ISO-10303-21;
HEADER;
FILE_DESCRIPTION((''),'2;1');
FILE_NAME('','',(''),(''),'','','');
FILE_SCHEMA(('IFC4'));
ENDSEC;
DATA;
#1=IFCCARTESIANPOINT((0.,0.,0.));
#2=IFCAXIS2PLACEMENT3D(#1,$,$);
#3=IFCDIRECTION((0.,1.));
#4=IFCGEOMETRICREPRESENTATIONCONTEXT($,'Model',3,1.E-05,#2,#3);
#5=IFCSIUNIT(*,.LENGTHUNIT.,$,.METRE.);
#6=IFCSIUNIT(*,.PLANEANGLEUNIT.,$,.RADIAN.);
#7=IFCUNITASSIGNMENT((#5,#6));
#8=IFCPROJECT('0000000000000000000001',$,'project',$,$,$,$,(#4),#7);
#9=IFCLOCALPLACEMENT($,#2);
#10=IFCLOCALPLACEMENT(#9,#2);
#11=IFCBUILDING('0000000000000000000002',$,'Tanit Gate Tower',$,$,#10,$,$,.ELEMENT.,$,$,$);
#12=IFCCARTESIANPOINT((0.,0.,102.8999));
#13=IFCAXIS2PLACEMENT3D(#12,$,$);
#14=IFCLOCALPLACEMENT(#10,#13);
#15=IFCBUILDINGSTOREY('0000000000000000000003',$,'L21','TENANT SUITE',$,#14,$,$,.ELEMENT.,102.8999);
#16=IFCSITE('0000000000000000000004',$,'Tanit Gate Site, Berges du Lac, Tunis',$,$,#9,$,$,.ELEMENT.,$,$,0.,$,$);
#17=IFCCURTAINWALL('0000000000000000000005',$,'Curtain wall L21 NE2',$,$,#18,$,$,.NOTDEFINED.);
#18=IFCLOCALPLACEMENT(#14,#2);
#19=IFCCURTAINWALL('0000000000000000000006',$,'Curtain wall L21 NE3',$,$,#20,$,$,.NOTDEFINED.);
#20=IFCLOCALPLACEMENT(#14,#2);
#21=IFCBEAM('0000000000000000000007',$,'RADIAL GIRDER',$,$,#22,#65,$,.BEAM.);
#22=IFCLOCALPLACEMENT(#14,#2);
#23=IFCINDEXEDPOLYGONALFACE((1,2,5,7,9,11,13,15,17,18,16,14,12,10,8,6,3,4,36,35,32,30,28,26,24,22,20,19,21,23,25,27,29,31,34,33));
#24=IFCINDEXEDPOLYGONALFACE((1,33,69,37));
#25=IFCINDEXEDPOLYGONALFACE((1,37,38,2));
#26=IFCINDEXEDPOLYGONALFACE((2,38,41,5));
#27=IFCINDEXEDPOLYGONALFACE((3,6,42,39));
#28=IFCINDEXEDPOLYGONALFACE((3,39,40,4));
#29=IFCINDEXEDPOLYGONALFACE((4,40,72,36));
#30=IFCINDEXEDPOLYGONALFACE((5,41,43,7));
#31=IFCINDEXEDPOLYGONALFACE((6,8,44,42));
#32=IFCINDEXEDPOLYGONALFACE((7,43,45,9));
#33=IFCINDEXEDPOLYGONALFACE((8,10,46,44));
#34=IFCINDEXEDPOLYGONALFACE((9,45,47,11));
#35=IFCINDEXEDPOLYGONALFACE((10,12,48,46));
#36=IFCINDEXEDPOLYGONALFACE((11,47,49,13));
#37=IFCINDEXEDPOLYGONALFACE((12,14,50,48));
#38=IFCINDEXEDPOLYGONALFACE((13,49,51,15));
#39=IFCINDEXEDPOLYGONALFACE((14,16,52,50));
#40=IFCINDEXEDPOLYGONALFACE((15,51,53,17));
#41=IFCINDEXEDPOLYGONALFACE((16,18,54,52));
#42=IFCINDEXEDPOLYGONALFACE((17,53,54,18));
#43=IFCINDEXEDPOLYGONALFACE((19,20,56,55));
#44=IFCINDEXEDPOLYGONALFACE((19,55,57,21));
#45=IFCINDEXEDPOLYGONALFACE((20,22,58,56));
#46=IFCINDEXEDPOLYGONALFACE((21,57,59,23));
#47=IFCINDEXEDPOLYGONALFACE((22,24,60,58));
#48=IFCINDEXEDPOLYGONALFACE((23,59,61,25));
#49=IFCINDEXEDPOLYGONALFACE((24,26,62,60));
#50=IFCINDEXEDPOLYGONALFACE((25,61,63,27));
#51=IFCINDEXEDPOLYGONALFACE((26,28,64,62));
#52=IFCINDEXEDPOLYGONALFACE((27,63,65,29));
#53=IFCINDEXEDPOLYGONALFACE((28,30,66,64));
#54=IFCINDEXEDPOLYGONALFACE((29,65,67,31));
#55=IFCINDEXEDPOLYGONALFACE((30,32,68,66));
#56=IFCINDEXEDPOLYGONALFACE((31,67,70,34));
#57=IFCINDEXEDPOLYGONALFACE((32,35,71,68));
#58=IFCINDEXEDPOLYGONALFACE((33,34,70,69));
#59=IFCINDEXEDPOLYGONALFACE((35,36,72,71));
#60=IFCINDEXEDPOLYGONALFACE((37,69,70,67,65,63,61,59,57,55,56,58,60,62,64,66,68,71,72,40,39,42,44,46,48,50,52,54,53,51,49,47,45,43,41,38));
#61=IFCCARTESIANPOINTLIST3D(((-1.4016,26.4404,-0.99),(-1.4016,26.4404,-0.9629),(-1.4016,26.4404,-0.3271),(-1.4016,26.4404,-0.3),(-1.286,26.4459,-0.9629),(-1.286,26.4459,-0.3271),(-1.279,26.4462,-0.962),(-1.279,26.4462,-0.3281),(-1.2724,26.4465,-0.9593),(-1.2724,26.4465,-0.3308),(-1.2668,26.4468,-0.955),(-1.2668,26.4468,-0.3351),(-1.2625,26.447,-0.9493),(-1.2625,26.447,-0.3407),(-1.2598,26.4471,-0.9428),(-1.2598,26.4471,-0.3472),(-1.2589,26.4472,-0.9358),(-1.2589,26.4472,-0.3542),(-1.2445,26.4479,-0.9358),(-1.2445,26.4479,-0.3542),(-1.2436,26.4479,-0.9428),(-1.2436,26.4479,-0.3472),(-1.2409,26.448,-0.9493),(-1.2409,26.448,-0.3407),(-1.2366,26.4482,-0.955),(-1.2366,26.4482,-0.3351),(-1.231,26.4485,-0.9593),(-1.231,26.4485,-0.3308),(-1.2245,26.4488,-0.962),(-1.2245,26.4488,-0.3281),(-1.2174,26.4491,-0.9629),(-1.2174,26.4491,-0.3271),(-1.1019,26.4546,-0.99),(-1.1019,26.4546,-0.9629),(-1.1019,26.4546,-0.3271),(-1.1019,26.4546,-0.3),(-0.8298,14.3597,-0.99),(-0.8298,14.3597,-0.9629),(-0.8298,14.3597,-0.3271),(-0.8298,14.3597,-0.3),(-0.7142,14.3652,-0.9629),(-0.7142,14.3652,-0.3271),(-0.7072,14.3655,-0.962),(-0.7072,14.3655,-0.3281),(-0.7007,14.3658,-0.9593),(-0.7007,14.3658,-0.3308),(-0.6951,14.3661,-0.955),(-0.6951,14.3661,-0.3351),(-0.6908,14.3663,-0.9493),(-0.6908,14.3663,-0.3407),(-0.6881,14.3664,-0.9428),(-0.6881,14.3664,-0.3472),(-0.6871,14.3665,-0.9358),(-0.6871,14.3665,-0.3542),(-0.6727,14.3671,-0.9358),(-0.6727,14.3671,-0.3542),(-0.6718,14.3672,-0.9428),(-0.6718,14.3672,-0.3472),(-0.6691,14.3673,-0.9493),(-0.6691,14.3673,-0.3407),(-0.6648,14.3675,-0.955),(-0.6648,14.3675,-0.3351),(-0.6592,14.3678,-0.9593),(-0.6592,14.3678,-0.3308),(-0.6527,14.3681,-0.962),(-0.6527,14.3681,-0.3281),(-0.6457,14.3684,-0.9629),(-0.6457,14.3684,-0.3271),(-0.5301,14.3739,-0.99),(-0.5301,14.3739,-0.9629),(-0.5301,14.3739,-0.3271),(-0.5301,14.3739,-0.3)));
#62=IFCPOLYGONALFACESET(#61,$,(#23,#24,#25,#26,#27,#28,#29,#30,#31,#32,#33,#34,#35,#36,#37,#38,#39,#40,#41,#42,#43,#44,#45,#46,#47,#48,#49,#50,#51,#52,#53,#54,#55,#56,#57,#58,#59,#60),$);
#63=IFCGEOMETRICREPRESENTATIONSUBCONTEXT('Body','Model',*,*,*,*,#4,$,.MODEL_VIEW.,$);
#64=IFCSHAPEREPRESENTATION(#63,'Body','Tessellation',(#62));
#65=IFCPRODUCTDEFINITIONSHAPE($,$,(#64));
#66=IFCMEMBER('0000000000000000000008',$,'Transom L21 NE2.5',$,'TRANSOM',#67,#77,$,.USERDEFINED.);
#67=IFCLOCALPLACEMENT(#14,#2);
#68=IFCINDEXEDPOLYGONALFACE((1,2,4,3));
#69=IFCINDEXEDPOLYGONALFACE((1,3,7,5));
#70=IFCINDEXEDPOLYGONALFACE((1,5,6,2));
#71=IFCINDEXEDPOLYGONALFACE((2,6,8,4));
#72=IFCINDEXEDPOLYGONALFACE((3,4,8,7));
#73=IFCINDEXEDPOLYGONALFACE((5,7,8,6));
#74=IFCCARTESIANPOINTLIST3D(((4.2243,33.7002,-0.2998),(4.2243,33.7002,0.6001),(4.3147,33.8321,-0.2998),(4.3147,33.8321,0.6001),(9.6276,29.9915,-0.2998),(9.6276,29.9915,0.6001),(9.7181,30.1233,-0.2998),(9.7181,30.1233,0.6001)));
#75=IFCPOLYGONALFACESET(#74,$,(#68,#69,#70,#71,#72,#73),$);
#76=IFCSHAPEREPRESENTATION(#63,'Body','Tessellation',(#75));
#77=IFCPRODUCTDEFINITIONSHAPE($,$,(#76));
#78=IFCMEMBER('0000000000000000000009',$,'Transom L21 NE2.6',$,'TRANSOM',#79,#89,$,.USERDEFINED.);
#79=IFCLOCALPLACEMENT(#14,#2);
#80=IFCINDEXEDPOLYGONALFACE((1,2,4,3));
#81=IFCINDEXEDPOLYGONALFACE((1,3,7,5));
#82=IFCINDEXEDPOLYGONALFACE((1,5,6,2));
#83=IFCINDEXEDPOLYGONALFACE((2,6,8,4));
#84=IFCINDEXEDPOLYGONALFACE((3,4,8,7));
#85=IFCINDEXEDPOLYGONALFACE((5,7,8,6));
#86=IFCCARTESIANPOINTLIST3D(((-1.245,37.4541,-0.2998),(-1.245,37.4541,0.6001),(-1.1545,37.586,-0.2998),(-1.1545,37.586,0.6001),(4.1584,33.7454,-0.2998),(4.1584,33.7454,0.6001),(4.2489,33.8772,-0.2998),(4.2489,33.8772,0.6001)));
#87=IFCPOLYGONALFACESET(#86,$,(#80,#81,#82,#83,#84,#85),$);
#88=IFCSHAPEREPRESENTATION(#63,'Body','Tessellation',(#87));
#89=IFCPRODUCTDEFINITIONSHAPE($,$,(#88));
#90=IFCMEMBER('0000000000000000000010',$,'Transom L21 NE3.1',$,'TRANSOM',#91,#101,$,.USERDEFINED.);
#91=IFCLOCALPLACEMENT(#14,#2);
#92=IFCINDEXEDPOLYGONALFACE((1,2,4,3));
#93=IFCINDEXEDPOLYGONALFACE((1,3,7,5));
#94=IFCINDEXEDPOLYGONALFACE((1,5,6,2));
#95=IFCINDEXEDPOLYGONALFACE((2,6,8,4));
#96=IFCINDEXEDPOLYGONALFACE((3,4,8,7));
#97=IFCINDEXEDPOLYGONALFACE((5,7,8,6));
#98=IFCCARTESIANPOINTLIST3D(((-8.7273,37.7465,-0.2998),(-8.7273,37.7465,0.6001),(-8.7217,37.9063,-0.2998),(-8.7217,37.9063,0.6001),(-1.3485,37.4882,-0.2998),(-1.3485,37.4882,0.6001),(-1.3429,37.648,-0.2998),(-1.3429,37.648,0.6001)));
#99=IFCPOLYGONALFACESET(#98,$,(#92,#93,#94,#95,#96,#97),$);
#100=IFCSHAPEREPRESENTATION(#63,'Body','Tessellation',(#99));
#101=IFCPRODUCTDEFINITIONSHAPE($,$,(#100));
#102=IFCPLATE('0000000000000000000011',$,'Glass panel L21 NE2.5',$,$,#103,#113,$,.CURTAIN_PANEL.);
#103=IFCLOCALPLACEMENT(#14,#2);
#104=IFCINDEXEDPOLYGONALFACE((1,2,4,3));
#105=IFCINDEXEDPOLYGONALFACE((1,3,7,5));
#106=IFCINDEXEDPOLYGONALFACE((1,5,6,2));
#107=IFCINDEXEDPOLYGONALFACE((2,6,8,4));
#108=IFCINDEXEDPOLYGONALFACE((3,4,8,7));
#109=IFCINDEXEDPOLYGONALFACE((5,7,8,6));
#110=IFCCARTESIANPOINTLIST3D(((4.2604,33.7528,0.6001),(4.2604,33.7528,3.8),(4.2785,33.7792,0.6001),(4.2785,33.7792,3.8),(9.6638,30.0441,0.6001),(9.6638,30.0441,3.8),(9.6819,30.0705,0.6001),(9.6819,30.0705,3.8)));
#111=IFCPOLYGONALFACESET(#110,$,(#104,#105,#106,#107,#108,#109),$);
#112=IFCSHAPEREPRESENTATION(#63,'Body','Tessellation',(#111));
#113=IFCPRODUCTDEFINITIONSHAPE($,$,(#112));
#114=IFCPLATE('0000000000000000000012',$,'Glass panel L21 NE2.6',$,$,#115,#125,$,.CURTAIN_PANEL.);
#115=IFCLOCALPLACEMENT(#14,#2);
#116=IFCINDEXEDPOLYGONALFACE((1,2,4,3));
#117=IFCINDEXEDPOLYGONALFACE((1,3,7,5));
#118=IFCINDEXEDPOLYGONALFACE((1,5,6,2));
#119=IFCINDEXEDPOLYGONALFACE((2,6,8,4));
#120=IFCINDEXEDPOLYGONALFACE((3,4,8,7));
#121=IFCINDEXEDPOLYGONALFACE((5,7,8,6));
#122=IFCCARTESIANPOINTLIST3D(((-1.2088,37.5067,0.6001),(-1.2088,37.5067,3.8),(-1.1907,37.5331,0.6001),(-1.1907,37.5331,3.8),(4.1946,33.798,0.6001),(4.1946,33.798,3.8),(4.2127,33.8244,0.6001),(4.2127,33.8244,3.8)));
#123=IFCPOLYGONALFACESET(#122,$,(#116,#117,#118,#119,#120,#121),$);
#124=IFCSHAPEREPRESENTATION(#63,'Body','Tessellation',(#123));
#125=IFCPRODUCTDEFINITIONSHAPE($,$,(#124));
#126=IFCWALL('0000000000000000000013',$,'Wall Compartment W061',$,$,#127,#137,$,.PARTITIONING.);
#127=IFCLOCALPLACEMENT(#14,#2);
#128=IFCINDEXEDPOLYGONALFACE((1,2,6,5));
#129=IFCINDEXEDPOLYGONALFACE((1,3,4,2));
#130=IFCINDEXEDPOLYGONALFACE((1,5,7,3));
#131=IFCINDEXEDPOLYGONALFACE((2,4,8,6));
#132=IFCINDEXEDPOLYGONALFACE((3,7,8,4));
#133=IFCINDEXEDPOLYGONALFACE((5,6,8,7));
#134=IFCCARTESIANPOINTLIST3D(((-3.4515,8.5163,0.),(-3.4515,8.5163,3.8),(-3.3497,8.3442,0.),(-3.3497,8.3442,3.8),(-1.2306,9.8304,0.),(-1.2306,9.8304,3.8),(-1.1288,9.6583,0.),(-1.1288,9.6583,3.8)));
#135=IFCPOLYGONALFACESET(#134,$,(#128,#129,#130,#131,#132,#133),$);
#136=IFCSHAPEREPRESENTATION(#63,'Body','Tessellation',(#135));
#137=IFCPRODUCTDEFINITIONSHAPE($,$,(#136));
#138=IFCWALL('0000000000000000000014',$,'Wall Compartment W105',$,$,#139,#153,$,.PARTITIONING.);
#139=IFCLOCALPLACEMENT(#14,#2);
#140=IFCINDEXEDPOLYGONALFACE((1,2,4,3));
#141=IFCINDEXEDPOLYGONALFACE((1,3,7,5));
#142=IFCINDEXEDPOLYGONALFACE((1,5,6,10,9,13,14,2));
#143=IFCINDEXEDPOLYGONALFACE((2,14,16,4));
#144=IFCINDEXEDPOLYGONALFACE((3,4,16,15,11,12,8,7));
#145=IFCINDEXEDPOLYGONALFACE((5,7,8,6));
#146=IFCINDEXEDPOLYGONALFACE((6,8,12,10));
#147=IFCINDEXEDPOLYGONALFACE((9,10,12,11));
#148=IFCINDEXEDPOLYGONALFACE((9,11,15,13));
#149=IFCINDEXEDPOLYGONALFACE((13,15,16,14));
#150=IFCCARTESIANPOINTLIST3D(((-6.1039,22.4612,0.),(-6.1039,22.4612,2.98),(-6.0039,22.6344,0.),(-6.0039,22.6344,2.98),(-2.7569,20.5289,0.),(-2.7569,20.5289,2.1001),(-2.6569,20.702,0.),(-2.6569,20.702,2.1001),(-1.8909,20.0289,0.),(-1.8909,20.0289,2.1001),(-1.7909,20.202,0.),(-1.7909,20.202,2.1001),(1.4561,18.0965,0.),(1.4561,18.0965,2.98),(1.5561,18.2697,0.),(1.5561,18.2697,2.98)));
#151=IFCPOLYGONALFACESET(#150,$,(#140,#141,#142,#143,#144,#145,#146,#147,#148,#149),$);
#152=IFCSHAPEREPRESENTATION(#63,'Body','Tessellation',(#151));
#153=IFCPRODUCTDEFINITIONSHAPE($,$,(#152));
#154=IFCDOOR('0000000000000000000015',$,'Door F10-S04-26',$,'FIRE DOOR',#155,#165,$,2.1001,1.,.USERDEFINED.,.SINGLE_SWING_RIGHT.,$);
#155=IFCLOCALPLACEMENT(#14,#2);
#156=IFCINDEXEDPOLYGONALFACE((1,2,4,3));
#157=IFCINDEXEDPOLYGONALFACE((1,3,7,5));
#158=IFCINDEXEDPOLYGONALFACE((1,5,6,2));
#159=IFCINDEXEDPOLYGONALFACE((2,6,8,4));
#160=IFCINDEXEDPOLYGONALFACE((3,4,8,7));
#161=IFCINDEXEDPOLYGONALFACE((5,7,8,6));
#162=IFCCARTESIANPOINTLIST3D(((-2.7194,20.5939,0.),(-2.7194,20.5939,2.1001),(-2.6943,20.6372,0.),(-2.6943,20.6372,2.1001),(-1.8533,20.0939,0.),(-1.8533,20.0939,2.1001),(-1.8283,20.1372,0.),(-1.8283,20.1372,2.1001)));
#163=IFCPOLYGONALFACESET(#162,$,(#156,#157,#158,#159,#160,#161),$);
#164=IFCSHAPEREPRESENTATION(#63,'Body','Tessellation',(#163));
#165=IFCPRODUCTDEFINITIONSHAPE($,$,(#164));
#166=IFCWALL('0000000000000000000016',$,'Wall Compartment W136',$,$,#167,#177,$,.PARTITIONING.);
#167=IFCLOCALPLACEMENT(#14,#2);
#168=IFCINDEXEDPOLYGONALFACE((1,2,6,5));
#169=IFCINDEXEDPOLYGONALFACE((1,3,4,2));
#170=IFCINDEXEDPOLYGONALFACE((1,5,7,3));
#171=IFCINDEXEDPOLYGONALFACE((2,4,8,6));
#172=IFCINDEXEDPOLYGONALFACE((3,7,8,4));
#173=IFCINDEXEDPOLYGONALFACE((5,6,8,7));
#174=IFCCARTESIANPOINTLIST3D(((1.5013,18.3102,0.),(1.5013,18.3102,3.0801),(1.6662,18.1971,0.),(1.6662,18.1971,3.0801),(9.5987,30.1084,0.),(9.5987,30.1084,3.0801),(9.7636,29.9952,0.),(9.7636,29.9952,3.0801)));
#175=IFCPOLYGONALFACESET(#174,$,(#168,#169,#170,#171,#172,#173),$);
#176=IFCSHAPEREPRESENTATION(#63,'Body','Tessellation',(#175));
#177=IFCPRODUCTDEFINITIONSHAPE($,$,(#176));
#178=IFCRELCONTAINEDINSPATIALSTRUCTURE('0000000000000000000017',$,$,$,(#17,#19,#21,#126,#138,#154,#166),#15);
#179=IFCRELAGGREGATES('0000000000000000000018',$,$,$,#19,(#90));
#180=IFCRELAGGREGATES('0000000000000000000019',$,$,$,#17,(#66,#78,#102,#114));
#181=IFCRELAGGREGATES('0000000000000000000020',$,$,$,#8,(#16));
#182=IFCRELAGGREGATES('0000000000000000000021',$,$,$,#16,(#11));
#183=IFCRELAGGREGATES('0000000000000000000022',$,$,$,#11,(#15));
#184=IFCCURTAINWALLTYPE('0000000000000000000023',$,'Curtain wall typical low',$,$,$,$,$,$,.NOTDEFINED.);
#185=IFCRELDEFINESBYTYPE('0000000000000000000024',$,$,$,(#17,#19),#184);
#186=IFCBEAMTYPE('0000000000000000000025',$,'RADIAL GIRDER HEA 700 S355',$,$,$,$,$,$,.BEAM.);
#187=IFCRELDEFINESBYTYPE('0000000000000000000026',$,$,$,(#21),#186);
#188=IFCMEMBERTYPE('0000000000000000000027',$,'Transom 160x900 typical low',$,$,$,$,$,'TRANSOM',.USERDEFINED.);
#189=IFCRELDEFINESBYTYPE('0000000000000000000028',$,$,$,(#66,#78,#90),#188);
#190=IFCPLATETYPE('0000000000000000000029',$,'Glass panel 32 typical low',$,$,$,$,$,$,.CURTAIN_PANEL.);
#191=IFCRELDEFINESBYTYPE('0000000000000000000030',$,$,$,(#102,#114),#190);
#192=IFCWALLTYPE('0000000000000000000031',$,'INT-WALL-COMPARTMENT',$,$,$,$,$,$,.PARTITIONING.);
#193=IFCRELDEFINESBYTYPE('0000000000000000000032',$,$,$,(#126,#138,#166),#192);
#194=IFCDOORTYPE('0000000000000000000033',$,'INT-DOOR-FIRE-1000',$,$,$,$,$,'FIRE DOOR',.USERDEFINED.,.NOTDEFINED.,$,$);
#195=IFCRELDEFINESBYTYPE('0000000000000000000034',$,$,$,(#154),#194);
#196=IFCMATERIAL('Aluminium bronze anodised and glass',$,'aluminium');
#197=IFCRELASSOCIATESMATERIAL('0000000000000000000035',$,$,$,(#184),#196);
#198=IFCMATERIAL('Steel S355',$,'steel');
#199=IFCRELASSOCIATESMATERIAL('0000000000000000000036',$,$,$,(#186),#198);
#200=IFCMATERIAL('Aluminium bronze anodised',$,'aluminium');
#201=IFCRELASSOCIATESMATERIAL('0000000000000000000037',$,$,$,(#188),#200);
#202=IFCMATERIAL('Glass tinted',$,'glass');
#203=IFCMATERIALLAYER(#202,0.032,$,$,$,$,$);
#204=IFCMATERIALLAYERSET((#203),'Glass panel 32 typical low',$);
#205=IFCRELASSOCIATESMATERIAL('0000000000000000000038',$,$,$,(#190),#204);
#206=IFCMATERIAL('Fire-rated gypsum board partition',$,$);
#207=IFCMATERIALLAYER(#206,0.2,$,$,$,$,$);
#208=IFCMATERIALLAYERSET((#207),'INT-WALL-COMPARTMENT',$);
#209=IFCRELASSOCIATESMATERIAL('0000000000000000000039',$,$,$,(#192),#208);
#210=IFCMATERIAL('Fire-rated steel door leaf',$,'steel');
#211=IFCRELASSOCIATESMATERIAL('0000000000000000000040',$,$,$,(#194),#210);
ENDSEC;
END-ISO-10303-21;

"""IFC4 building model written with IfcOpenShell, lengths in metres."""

from ifc_helpers import new_model, si_unit, direction, frame, frame_2d, origin, origin_2d, place, context, subcontext, project, spatial, rectangle, i_section, extrude, material, layer, layer_set, material_profile, profile_set, type_object, element, fill, aggregate, save


model = new_model("IFC4")

# Units and contexts
model_context = context("Model", 3, precision=1e-05, world=origin(), true_north=direction((0.0, 1.0)))
body_context = subcontext(model_context, "Body", "Model", "MODEL_VIEW")
ifc_project = project(units=[si_unit("LENGTHUNIT", "METRE"), si_unit("PLANEANGLEUNIT", "RADIAN")], contexts=[model_context])

# Site, building, storey
site_placement = place(None, origin())
site = spatial("IfcSite", under=ifc_project, at=site_placement, Name="Tanit Gate Site, Berges du Lac, Tunis", CompositionType="ELEMENT", RefElevation=0.0)
building_placement = place(site_placement, origin())
building = spatial("IfcBuilding", under=site, at=building_placement, Name="Tanit Gate Tower", CompositionType="ELEMENT")
storey_placement = place(building_placement, frame((0.0, 0.0, 102.8999)))
storey = spatial("IfcBuildingStorey", under=building, at=storey_placement, Name="L21", Description="TENANT SUITE", CompositionType="ELEMENT", Elevation=102.8999)

# Curtain wall
ifc_material_1 = material(Name="Aluminium bronze anodised and glass", Category="aluminium")
curtain_wall_type = type_object("IfcCurtainWallType", Name="Curtain wall typical low", PredefinedType="NOTDEFINED", material=ifc_material_1)
curtain_wall_1_placement = place(storey_placement, origin())
curtain_wall_1 = element("IfcCurtainWall", 1, at=curtain_wall_1_placement, inside=storey, type_object=curtain_wall_type, Name="Curtain wall L21 NE2", PredefinedType="NOTDEFINED")

# Curtain wall
curtain_wall_2_placement = place(storey_placement, origin())
curtain_wall_2 = element("IfcCurtainWall", 2, at=curtain_wall_2_placement, inside=storey, type_object=curtain_wall_type, Name="Curtain wall L21 NE3", PredefinedType="NOTDEFINED")

# Beam
ifc_material_2 = material(Name="Steel S355", Category="steel")
ifc_material_profile_1 = material_profile(ifc_material_2, i_section(OverallWidth=0.3, OverallDepth=0.6899, WebThickness=0.0144, FlangeThickness=0.0271, FilletRadius=0.0271, at=origin_2d()), Name="HEA 700")
ifc_profile_set_1 = profile_set([ifc_material_profile_1], Name="Steel S355")
beam_type = type_object("IfcBeamType", Name="RADIAL GIRDER HEA 700 S355", PredefinedType="BEAM", material=ifc_profile_set_1)
beam_1_placement = place(storey_placement, frame((-1.2517, 26.4475, -0.645), z_axis=(0.047276, -0.998882, 0.0), x_axis=(0.998882, 0.047276, 0.0)))
element("IfcBeam", 3, at=beam_1_placement, inside=storey, type_object=beam_type, Name="RADIAL GIRDER", PredefinedType="BEAM", context=body_context, shape_type="SweptSolid", body=[
    extrude(i_section(OverallWidth=0.3, OverallDepth=0.6899, WebThickness=0.0144, FlangeThickness=0.0271, FilletRadius=0.0271, at=origin_2d()), origin(), (0.0, 0.0, 1.0), 12.0942),
])

# Members
ifc_material_3 = material(Name="Aluminium bronze anodised", Category="aluminium")
ifc_material_profile_2 = material_profile(ifc_material_3, rectangle(XDim=0.1599, YDim=0.8999, at=origin_2d()), Name="160x900 bronze transom")
ifc_profile_set_2 = profile_set([ifc_material_profile_2], Name="Aluminium bronze anodised")
member_type_1 = type_object("IfcMemberType", Name="Transom 160x900 typical low", ElementType="TRANSOM", PredefinedType="USERDEFINED", material=ifc_profile_set_2)
member_1_placement = place(storey_placement, frame((9.6729, 30.0574, 0.1501), z_axis=(-0.824472, 0.565903, 0.0), x_axis=(-0.565903, -0.824472, 0.0)))
member_1 = element("IfcMember", 4, at=member_1_placement, type_object=member_type_1, Name="Transom L21 NE2.5", ObjectType="TRANSOM", PredefinedType="USERDEFINED", context=body_context, shape_type="SweptSolid", body=[
    extrude(rectangle(XDim=0.1599, YDim=0.8999, at=origin_2d()), origin(), (0.0, 0.0, 1.0), 6.5537),
])
member_2_placement = place(storey_placement, frame((4.2036, 33.8113, 0.1501), z_axis=(-0.824472, 0.565903, 0.0), x_axis=(-0.565903, -0.824472, 0.0)))
member_2 = element("IfcMember", 5, at=member_2_placement, type_object=member_type_1, Name="Transom L21 NE2.6", ObjectType="TRANSOM", PredefinedType="USERDEFINED", context=body_context, shape_type="SweptSolid", body=[
    extrude(rectangle(XDim=0.1599, YDim=0.8999, at=origin_2d()), origin(), (0.0, 0.0, 1.0), 6.5537),
])
member_3_placement = place(storey_placement, frame((-1.3457, 37.5681, 0.1501), z_axis=(-0.999388, 0.034985, 0.0), x_axis=(-0.034985, -0.999388, 0.0)))
member_3 = element("IfcMember", 6, at=member_3_placement, type_object=member_type_1, Name="Transom L21 NE3.1", ObjectType="TRANSOM", PredefinedType="USERDEFINED", context=body_context, shape_type="SweptSolid", body=[
    extrude(rectangle(XDim=0.1599, YDim=0.8999, at=origin_2d()), origin(), (0.0, 0.0, 1.0), 7.3833),
])
aggregate(curtain_wall_2, [member_3])

# Plates
ifc_material_4 = material(Name="Glass tinted", Category="glass")
ifc_layer_1 = layer(ifc_material_4, 0.032)
ifc_layer_set_1 = layer_set([ifc_layer_1], Name="Glass panel 32 typical low")
plate_type = type_object("IfcPlateType", Name="Glass panel 32 typical low", PredefinedType="CURTAIN_PANEL", material=ifc_layer_set_1)
plate_1_placement = place(storey_placement, frame((6.9712, 31.9116, 0.6001), z_axis=(0.0, 0.0, 1.0), x_axis=(-0.824479, 0.565893, 0.0)))
plate_1 = element("IfcPlate", 7, at=plate_1_placement, type_object=plate_type, Name="Glass panel L21 NE2.5", PredefinedType="CURTAIN_PANEL", context=body_context, shape_type="SweptSolid", body=[
    extrude(rectangle(XDim=6.5537, YDim=0.032, at=origin_2d()), origin(), (0.0, 0.0, 1.0), 3.2),
])
plate_2_placement = place(storey_placement, frame((1.502, 35.6655, 0.6001), z_axis=(0.0, 0.0, 1.0), x_axis=(-0.824479, 0.565893, 0.0)))
plate_2 = element("IfcPlate", 8, at=plate_2_placement, type_object=plate_type, Name="Glass panel L21 NE2.6", PredefinedType="CURTAIN_PANEL", context=body_context, shape_type="SweptSolid", body=[
    extrude(rectangle(XDim=6.5537, YDim=0.032, at=origin_2d()), origin(), (0.0, 0.0, 1.0), 3.2),
])
aggregate(curtain_wall_1, [member_1, member_2, plate_1, plate_2])

# Wall
ifc_material_5 = material(Name="Fire-rated gypsum board partition")
ifc_layer_2 = layer(ifc_material_5, 0.2)
ifc_layer_set_2 = layer_set([ifc_layer_2], Name="INT-WALL-COMPARTMENT")
wall_type_1 = type_object("IfcWallType", Name="INT-WALL-COMPARTMENT", PredefinedType="PARTITIONING", material=ifc_layer_set_2)
wall_1_placement = place(storey_placement, frame((-1.1797, 9.7444, 0.0), z_axis=(0.0, 0.0, 1.0), x_axis=(-0.860616, -0.509255, 0.0)))
element("IfcWall", 9, at=wall_1_placement, inside=storey, type_object=wall_type_1, Name="Wall Compartment W061", PredefinedType="PARTITIONING", context=body_context, shape_type="SweptSolid", body=[
    extrude(rectangle(XDim=2.5806, YDim=0.2, at=frame_2d((1.2903, 0.0))), origin(), (0.0, 0.0, 1.0), 3.8),
])

# Wall, opening, door
wall_2_placement = place(storey_placement, frame((1.5061, 18.1831, 0.0), z_axis=(0.0, 0.0, 1.0), x_axis=(-0.866028, 0.499995, 0.0)))
wall_2 = element("IfcWall", 10, at=wall_2_placement, inside=storey, type_object=wall_type_1, Name="Wall Compartment W105", PredefinedType="PARTITIONING", context=body_context, shape_type="SweptSolid", body=[
    extrude(rectangle(XDim=8.7295, YDim=0.2, at=frame_2d((4.3647, 0.0))), origin(), (0.0, 0.0, 1.0), 2.98),
])
opening_placement = place(wall_2_placement, frame((3.8647, 0.0, 0.0)))
opening = element("IfcOpeningElement", 11, at=opening_placement, cuts=wall_2, PredefinedType="OPENING", context=body_context, shape_type="SweptSolid", body=[
    extrude(rectangle(XDim=1.0, YDim=2.1001, at=frame_2d((0.5, 1.05))), frame((0.0, 0.1099, 0.0), z_axis=(0.0, -1.0, 0.0), x_axis=(1.0, 0.0, 0.0)), (0.0, 0.0, 1.0), 0.22),
])
ifc_material_6 = material(Name="Fire-rated steel door leaf", Category="steel")
door_type = type_object("IfcDoorType", Name="INT-DOOR-FIRE-1000", ElementType="FIRE DOOR", OperationType="NOTDEFINED", PredefinedType="USERDEFINED", material=ifc_material_6)
door_placement = place(opening_placement, origin())
door = element("IfcDoor", 12, at=door_placement, inside=storey, type_object=door_type, Name="Door F10-S04-26", ObjectType="FIRE DOOR", OperationType="SINGLE_SWING_RIGHT", OverallHeight=2.1001, OverallWidth=1.0, PredefinedType="USERDEFINED", context=body_context, shape_type="SweptSolid", body=[
    extrude(rectangle(XDim=1.0, YDim=2.1001, at=frame_2d((0.5, 1.05))), frame((0.0, 0.0249, 0.0), z_axis=(0.0, -1.0, 0.0), x_axis=(1.0, 0.0, 0.0)), (0.0, 0.0, 1.0), 0.05),
])
fill(opening, door)

# Wall
wall_3_placement = place(storey_placement, frame((1.5837, 18.2537, 0.0), z_axis=(0.0, 0.0, 1.0), x_axis=(0.565875, 0.824491, 0.0)))
element("IfcWall", 13, at=wall_3_placement, inside=storey, type_object=wall_type_1, Name="Wall Compartment W136", PredefinedType="PARTITIONING", context=body_context, shape_type="SweptSolid", body=[
    extrude(rectangle(XDim=14.3096, YDim=0.2, at=frame_2d((7.1548, 0.0))), origin(), (0.0, 0.0, 1.0), 3.0801),
])

save(model, "model.ifc")
